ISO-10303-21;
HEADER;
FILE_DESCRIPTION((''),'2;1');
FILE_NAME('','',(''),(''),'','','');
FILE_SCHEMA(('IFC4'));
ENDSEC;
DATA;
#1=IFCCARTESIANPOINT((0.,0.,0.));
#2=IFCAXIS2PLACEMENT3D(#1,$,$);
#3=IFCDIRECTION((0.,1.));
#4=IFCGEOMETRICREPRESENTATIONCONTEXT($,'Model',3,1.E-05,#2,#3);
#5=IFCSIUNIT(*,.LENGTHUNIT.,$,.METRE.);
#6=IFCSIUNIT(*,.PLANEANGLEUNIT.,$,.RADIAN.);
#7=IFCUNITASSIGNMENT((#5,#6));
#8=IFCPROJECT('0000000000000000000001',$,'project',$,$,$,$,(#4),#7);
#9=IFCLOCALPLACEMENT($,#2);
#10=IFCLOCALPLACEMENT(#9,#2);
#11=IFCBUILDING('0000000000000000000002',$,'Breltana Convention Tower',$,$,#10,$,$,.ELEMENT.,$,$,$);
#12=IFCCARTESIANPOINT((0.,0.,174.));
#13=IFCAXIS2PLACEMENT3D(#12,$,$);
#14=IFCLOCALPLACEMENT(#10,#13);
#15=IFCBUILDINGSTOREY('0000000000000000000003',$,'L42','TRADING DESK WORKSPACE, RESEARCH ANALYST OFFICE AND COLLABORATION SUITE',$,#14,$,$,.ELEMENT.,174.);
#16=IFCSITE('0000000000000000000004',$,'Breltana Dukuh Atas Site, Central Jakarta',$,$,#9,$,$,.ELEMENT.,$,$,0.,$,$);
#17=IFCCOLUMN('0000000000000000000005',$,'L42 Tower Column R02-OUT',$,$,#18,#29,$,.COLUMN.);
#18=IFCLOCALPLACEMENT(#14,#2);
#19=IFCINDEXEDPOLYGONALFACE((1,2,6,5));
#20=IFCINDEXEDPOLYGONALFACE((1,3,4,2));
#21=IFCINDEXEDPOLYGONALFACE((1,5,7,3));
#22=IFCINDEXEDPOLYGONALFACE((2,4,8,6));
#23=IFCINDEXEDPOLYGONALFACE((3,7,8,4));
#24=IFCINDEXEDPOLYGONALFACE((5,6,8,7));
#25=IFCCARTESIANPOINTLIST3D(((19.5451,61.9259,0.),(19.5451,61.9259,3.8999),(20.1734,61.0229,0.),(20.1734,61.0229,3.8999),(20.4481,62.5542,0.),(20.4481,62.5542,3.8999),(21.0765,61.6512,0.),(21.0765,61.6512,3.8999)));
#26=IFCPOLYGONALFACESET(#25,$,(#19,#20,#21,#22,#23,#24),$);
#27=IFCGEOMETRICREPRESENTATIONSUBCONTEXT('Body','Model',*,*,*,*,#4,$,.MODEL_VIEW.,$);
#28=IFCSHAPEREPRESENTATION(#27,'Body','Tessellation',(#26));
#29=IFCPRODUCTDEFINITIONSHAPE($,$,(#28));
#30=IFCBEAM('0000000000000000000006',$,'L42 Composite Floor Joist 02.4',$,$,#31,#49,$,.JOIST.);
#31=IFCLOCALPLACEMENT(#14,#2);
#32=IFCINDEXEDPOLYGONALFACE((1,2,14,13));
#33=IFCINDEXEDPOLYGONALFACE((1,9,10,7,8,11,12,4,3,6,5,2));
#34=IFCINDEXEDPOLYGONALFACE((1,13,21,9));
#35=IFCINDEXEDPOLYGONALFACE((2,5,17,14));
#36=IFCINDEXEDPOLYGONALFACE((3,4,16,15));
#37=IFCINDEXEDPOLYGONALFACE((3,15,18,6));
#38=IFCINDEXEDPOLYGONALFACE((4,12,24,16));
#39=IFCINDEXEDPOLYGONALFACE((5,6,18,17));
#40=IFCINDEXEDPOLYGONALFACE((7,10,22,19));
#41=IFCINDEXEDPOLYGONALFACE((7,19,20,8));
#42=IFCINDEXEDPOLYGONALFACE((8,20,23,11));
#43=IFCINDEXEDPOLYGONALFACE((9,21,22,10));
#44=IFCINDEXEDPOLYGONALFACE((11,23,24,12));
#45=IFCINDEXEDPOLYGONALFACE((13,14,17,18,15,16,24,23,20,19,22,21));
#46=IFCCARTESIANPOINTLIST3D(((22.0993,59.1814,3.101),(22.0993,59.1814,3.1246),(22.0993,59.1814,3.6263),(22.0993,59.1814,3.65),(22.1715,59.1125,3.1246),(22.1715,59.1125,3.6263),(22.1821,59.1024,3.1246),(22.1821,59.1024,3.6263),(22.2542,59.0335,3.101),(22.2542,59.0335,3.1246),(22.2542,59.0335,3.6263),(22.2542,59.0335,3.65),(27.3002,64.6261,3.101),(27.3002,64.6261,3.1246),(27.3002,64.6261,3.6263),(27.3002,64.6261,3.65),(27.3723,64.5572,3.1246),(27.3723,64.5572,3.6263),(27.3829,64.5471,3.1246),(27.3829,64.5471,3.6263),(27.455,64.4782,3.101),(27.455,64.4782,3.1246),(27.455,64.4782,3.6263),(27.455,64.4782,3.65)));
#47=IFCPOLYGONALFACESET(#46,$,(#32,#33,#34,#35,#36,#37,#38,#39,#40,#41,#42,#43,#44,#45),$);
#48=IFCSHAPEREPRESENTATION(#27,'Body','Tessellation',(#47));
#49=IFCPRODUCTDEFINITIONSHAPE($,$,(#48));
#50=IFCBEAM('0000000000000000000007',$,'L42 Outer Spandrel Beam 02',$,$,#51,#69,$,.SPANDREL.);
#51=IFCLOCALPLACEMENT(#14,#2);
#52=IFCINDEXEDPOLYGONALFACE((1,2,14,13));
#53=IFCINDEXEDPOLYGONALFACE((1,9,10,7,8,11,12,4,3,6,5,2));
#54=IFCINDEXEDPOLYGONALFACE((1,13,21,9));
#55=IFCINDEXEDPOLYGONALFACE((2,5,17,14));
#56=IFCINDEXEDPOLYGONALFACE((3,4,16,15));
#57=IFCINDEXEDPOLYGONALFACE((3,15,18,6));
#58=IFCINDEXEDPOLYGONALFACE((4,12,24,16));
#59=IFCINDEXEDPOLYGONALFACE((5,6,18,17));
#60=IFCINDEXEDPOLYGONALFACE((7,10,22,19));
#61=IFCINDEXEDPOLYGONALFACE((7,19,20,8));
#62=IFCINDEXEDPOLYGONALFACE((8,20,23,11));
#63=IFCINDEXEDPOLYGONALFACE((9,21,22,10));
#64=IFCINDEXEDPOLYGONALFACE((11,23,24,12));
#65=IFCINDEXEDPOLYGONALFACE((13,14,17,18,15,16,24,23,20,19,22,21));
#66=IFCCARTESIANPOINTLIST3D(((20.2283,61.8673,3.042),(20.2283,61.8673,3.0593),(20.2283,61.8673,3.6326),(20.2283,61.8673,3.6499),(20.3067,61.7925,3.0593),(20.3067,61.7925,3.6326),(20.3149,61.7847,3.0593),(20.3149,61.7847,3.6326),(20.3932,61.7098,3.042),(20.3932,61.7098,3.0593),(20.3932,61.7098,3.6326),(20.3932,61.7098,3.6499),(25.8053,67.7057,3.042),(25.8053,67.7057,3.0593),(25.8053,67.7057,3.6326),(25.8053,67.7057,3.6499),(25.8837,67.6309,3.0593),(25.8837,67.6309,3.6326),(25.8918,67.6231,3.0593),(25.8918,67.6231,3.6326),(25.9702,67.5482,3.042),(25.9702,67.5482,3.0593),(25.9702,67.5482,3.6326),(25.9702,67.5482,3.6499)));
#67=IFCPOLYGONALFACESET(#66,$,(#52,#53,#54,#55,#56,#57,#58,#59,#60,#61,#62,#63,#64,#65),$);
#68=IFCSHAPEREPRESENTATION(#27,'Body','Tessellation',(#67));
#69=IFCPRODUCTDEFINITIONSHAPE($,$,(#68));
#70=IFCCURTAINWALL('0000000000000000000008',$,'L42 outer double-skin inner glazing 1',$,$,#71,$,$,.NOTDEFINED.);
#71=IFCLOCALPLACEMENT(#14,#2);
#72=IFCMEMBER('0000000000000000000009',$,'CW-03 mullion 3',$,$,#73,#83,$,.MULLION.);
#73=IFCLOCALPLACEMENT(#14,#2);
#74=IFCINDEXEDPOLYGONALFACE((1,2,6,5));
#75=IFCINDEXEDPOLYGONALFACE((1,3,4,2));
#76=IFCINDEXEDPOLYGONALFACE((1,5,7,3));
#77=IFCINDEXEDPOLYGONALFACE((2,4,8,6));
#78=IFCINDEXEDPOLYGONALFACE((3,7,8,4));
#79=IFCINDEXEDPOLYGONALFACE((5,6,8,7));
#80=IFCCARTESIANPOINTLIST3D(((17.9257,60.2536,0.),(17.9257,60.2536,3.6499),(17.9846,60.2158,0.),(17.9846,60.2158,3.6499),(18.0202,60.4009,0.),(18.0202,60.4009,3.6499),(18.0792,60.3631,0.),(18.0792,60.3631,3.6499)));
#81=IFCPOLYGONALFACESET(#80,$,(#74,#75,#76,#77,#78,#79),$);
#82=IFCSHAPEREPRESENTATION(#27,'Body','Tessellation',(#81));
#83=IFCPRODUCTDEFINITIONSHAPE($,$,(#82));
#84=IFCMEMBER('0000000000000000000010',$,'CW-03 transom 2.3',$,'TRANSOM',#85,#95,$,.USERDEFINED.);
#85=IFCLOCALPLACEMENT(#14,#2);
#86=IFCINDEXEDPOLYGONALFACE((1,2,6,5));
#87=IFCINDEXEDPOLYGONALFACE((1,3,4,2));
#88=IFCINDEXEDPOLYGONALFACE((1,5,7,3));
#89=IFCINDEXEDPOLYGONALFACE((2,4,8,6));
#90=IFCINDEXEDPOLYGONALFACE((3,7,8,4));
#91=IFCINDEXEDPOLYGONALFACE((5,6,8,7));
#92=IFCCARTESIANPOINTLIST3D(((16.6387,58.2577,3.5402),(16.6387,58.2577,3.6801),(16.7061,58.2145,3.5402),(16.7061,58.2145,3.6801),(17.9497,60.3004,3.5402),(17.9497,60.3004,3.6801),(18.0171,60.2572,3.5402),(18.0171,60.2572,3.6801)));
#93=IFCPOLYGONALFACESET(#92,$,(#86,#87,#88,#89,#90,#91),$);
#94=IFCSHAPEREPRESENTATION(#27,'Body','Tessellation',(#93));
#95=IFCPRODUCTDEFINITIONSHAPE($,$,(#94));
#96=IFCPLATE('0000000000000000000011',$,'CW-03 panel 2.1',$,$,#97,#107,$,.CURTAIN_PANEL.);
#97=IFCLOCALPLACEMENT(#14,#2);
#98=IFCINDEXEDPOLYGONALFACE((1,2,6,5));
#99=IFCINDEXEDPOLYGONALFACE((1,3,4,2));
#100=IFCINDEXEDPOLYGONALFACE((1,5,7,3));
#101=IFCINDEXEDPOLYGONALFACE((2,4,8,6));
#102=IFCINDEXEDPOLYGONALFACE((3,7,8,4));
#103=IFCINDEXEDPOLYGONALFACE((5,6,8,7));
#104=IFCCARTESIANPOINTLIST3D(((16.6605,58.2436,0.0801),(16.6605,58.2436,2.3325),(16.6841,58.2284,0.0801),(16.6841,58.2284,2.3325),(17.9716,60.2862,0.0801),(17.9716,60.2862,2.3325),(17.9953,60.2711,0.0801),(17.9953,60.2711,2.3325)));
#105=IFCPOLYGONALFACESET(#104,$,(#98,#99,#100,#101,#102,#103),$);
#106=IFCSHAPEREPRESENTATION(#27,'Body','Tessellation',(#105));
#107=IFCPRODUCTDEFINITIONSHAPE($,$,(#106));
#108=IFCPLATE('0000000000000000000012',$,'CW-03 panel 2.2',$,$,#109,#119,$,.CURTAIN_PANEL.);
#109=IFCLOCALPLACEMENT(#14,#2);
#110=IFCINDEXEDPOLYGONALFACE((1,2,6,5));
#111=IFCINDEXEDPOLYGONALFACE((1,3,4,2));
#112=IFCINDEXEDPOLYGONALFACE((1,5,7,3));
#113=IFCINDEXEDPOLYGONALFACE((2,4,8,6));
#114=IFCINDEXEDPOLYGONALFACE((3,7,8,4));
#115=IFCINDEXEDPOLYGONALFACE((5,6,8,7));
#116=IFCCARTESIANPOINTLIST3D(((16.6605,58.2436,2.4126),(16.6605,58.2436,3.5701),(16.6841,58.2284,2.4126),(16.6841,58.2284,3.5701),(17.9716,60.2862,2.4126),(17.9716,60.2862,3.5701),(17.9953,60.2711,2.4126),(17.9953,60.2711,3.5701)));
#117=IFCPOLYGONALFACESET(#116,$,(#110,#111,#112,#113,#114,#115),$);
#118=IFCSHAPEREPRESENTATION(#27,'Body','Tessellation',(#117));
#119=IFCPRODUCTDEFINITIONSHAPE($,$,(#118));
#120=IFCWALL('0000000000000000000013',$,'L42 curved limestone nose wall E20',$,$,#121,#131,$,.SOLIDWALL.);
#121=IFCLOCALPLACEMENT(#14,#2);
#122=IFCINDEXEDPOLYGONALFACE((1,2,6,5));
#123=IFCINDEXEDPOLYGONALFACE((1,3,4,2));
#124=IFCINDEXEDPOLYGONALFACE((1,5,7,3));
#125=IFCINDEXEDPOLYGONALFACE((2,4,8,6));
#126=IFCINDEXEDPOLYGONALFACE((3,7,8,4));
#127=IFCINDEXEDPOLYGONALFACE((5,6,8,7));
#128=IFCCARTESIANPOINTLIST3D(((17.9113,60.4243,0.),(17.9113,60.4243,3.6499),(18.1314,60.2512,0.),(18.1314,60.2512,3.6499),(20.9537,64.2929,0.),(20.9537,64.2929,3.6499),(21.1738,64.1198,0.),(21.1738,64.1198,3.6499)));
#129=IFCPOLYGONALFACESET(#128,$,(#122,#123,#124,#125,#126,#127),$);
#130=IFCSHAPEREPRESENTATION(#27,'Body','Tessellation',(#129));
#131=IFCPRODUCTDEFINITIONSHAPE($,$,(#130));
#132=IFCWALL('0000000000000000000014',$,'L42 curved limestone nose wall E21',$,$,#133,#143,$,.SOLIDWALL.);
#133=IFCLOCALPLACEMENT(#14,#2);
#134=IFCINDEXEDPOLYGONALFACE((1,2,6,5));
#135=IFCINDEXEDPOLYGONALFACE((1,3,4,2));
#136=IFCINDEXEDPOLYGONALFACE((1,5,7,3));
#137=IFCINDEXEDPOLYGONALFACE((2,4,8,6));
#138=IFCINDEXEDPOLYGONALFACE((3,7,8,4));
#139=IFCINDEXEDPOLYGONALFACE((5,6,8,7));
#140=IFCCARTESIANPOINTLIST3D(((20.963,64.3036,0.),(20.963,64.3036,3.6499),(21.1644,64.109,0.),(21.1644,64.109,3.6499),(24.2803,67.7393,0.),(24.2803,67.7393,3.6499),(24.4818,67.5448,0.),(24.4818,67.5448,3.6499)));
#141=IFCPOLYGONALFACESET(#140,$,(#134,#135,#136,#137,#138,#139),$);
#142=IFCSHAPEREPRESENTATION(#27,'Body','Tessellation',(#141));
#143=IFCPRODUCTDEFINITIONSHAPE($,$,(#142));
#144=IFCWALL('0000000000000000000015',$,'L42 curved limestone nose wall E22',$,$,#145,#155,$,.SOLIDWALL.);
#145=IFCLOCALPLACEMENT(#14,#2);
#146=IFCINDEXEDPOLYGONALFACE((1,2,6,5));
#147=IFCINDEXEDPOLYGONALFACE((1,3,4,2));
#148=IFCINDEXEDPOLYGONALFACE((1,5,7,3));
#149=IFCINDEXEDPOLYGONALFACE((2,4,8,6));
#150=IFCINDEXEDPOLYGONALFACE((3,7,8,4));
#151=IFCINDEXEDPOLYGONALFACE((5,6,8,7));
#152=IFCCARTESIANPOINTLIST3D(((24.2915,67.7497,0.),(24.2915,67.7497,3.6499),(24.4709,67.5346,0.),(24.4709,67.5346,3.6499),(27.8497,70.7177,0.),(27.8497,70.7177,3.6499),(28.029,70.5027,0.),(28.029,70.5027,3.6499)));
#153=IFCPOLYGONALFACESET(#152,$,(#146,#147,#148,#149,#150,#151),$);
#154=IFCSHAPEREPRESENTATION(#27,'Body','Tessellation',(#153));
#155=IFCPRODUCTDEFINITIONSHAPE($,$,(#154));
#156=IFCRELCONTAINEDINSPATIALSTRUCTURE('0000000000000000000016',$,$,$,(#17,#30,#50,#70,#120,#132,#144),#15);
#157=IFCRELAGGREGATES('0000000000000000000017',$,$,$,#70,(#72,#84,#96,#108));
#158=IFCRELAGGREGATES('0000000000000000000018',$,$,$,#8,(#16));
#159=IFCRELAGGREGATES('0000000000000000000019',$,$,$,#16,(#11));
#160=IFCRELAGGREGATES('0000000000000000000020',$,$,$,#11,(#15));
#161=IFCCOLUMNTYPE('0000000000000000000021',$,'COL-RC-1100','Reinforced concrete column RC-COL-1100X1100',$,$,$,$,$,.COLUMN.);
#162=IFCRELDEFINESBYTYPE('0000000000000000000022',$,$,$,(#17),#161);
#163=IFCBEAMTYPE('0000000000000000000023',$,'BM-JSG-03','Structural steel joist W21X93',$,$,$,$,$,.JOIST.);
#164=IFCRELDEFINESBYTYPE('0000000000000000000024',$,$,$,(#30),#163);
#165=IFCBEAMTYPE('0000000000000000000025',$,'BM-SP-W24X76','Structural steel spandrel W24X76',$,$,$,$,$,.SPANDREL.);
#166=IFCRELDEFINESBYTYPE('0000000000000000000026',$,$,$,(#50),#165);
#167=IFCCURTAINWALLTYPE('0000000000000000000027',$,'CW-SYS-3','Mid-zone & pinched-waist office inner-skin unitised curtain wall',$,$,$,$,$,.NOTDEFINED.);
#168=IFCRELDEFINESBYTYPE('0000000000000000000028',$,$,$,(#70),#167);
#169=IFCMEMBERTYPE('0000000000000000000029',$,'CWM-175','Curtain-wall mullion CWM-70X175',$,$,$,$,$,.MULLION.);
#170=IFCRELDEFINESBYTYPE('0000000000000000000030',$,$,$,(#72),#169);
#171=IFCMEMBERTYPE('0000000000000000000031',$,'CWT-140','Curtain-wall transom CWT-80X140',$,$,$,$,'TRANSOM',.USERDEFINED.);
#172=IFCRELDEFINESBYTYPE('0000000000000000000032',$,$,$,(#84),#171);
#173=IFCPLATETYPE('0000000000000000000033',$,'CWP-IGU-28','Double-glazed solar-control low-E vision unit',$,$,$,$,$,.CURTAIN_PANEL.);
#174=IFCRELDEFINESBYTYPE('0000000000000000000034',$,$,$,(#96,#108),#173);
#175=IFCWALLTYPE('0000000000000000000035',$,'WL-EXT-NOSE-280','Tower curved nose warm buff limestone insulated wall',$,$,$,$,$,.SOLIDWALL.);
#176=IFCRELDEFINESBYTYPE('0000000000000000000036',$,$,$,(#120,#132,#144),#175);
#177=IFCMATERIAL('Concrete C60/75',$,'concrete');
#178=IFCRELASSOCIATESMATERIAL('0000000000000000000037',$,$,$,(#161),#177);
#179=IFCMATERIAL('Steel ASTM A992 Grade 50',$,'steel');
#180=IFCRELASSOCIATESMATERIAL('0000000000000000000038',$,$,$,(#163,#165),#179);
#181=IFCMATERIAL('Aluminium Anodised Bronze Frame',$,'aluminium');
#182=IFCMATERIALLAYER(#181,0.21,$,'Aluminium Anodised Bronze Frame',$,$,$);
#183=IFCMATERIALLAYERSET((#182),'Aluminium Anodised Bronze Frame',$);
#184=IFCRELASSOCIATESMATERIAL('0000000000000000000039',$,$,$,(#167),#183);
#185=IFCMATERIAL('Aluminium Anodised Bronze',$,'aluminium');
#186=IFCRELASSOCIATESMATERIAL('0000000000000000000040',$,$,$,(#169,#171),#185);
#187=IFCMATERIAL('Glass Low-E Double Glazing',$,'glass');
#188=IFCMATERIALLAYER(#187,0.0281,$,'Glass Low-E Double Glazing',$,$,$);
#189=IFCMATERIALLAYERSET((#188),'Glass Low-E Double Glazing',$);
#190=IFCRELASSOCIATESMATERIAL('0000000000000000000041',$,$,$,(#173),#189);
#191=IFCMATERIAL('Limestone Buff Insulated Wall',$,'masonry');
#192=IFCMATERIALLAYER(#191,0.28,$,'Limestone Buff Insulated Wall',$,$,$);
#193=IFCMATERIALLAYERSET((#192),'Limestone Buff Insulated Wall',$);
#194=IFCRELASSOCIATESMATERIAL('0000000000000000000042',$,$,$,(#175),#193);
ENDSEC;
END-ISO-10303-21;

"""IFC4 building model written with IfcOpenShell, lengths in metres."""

from ifc_helpers import new_model, si_unit, direction, frame, frame_2d, origin, origin_2d, place, context, subcontext, project, spatial, rectangle, i_section, extrude, source, transform, mapped, material, layer, layer_set, material_profile, profile_set, type_object, element, aggregate, save


model = new_model("IFC4")

# Units and contexts
model_context = context("Model", 3, precision=1e-05, world=origin(), true_north=direction((0.0, 1.0)))
body_context = subcontext(model_context, "Body", "Model", "MODEL_VIEW")
ifc_project = project(units=[si_unit("LENGTHUNIT", "METRE"), si_unit("PLANEANGLEUNIT", "RADIAN")], contexts=[model_context])

# Site, building, storey
site_placement = place(None, origin())
site = spatial("IfcSite", under=ifc_project, at=site_placement, Name="Breltana Dukuh Atas Site, Central Jakarta", CompositionType="ELEMENT", RefElevation=0.0)
building_placement = place(site_placement, origin())
building = spatial("IfcBuilding", under=site, at=building_placement, Name="Breltana Convention Tower", CompositionType="ELEMENT")
storey_placement = place(building_placement, frame((0.0, 0.0, 174.0)))
storey = spatial("IfcBuildingStorey", under=building, at=storey_placement, Name="L42", Description="TRADING DESK WORKSPACE, RESEARCH ANALYST OFFICE AND COLLABORATION SUITE", CompositionType="ELEMENT", Elevation=174.0)

# Column
ifc_material_1 = material(Name="Concrete C60/75", Category="concrete")
ifc_material_profile_1 = material_profile(ifc_material_1, rectangle(XDim=1.1001, YDim=1.1001, at=origin_2d()), Name="RC-COL-1100X1100")
ifc_profile_set_1 = profile_set([ifc_material_profile_1], Name="Concrete C60/75")
column_type = type_object("IfcColumnType", Name="COL-RC-1100", Description="Reinforced concrete column RC-COL-1100X1100", PredefinedType="COLUMN", material=ifc_profile_set_1)
shared_shape_1 = source(origin(), body_context, "Body", "SweptSolid", [
    extrude(rectangle(XDim=1.1001, YDim=1.1001, at=origin_2d()), origin(), (0.0, 0.0, 1.0), 3.8999),
])
column_placement = place(storey_placement, frame((20.3108, 61.7886, 0.0), z_axis=(0.0, 0.0, 1.0), x_axis=(-0.571143, 0.82085, 0.0)))
element("IfcColumn", 1, at=column_placement, inside=storey, type_object=column_type, Name="L42 Tower Column R02-OUT", PredefinedType="COLUMN", context=body_context, shape_type="MappedRepresentation", body=[
    mapped(shared_shape_1, transform((0.0, 0.0, 0.0), scale=1.0)),
])

# Beams
ifc_material_2 = material(Name="Steel ASTM A992 Grade 50", Category="steel")
ifc_material_profile_2 = material_profile(ifc_material_2, i_section(OverallWidth=0.2141, OverallDepth=0.5491, WebThickness=0.0146, FlangeThickness=0.0237, at=origin_2d()), Name="W21X93")
ifc_profile_set_2 = profile_set([ifc_material_profile_2], Name="Steel ASTM A992 Grade 50")
beam_type_1 = type_object("IfcBeamType", Name="BM-JSG-03", Description="Structural steel joist W21X93", PredefinedType="JOIST", material=ifc_profile_set_2)
shared_shape_2 = source(origin(), body_context, "Body", "SweptSolid", [
    extrude(i_section(OverallWidth=0.2141, OverallDepth=0.5491, WebThickness=0.0146, FlangeThickness=0.0237, at=origin_2d()), origin(), (0.0, 0.0, 1.0), 7.5295),
])
beam_1_placement = place(storey_placement, frame((22.1768, 59.1074, 3.3755), z_axis=(0.690726, 0.723117, 0.0), x_axis=(-0.723117, 0.690726, 0.0)))
element("IfcBeam", 2, at=beam_1_placement, inside=storey, type_object=beam_type_1, Name="L42 Composite Floor Joist 02.4", PredefinedType="JOIST", context=body_context, shape_type="MappedRepresentation", body=[
    mapped(shared_shape_2, transform((0.0, 0.0, 0.0), scale=1.0)),
])
ifc_material_profile_3 = material_profile(ifc_material_2, i_section(OverallWidth=0.228, OverallDepth=0.6079, WebThickness=0.0112, FlangeThickness=0.0173, at=origin_2d()), Name="W24X76")
ifc_profile_set_3 = profile_set([ifc_material_profile_3], Name="Steel ASTM A992 Grade 50")
beam_type_2 = type_object("IfcBeamType", Name="BM-SP-W24X76", Description="Structural steel spandrel W24X76", PredefinedType="SPANDREL", material=ifc_profile_set_3)
shared_shape_3 = source(origin(), body_context, "Body", "SweptSolid", [
    extrude(i_section(OverallWidth=0.228, OverallDepth=0.6079, WebThickness=0.0112, FlangeThickness=0.0173, at=origin_2d()), origin(), (0.0, 0.0, 1.0), 8.074),
])
beam_2_placement = place(storey_placement, frame((20.3108, 61.7886, 3.3459), z_axis=(0.690729, 0.723114, 0.0), x_axis=(-0.723114, 0.690729, 0.0)))
element("IfcBeam", 3, at=beam_2_placement, inside=storey, type_object=beam_type_2, Name="L42 Outer Spandrel Beam 02", PredefinedType="SPANDREL", context=body_context, shape_type="MappedRepresentation", body=[
    mapped(shared_shape_3, transform((0.0, 0.0, 0.0), scale=1.0)),
])

# Curtain wall, members, plates
ifc_material_3 = material(Name="Aluminium Anodised Bronze Frame", Category="aluminium")
ifc_layer_1 = layer(ifc_material_3, 0.21, Name="Aluminium Anodised Bronze Frame")
ifc_layer_set_1 = layer_set([ifc_layer_1], Name="Aluminium Anodised Bronze Frame")
curtain_wall_type = type_object("IfcCurtainWallType", Name="CW-SYS-3", Description="Mid-zone & pinched-waist office inner-skin unitised curtain wall", PredefinedType="NOTDEFINED", material=ifc_layer_set_1)
curtain_wall_placement = place(storey_placement, origin())
curtain_wall = element("IfcCurtainWall", 4, at=curtain_wall_placement, inside=storey, type_object=curtain_wall_type, Name="L42 outer double-skin inner glazing 1", PredefinedType="NOTDEFINED")
ifc_material_4 = material(Name="Aluminium Anodised Bronze", Category="aluminium")
ifc_material_profile_4 = material_profile(ifc_material_4, rectangle(XDim=0.0701, YDim=0.175, at=origin_2d()), Name="CWM-70X175")
ifc_profile_set_4 = profile_set([ifc_material_profile_4], Name="Aluminium Anodised Bronze")
member_type_1 = type_object("IfcMemberType", Name="CWM-175", Description="Curtain-wall mullion CWM-70X175", PredefinedType="MULLION", material=ifc_profile_set_4)
shared_shape_4 = source(origin(), body_context, "Body", "SweptSolid", [
    extrude(rectangle(XDim=0.0701, YDim=0.175, at=origin_2d()), origin(), (0.0, 0.0, 1.0), 3.6499),
])
member_1_placement = place(storey_placement, frame((18.0024, 60.3083, 0.0), z_axis=(0.0, 0.0, 1.0), x_axis=(-0.841554, 0.540173, 0.0)))
member_1 = element("IfcMember", 5, at=member_1_placement, type_object=member_type_1, Name="CW-03 mullion 3", PredefinedType="MULLION", context=body_context, shape_type="MappedRepresentation", body=[
    mapped(shared_shape_4, transform((0.0, 0.0, 0.0), scale=1.0)),
])
ifc_material_profile_5 = material_profile(ifc_material_4, rectangle(XDim=0.0801, YDim=0.1399, at=origin_2d()), Name="CWT-80X140")
ifc_profile_set_5 = profile_set([ifc_material_profile_5], Name="Aluminium Anodised Bronze")
member_type_2 = type_object("IfcMemberType", Name="CWT-140", Description="Curtain-wall transom CWT-80X140", ElementType="TRANSOM", PredefinedType="USERDEFINED", material=ifc_profile_set_5)
shared_shape_5 = source(origin(), body_context, "Body", "SweptSolid", [
    extrude(rectangle(XDim=0.0801, YDim=0.1399, at=origin_2d()), origin(), (0.0, 0.0, 1.0), 2.4272),
])
member_2_placement = place(storey_placement, frame((16.6724, 58.2361, 3.6101), z_axis=(0.540132, 0.84158, 0.0), x_axis=(-0.84158, 0.540132, 0.0)))
member_2 = element("IfcMember", 6, at=member_2_placement, type_object=member_type_2, Name="CW-03 transom 2.3", ObjectType="TRANSOM", PredefinedType="USERDEFINED", context=body_context, shape_type="MappedRepresentation", body=[
    mapped(shared_shape_5, transform((0.0, 0.0, 0.0), scale=1.0)),
])
ifc_material_5 = material(Name="Glass Low-E Double Glazing", Category="glass")
ifc_layer_2 = layer(ifc_material_5, 0.0281, Name="Glass Low-E Double Glazing")
ifc_layer_set_2 = layer_set([ifc_layer_2], Name="Glass Low-E Double Glazing")
plate_type = type_object("IfcPlateType", Name="CWP-IGU-28", Description="Double-glazed solar-control low-E vision unit", PredefinedType="CURTAIN_PANEL", material=ifc_layer_set_2)
shared_shape_6 = source(origin(), body_context, "Body", "SweptSolid", [
    extrude(rectangle(XDim=2.4272, YDim=0.0281, at=origin_2d()), origin(), (0.0, 0.0, 1.0), 2.2524),
])
plate_1_placement = place(storey_placement, frame((17.3279, 59.2573, 0.0801), z_axis=(0.0, 0.0, 1.0), x_axis=(0.540173, 0.841554, 0.0)))
plate_1 = element("IfcPlate", 7, at=plate_1_placement, type_object=plate_type, Name="CW-03 panel 2.1", PredefinedType="CURTAIN_PANEL", context=body_context, shape_type="MappedRepresentation", body=[
    mapped(shared_shape_6, transform((0.0, 0.0, 0.0), scale=1.0)),
])
shared_shape_7 = source(origin(), body_context, "Body", "SweptSolid", [
    extrude(rectangle(XDim=2.4272, YDim=0.0281, at=origin_2d()), origin(), (0.0, 0.0, 1.0), 1.1575),
])
plate_2_placement = place(storey_placement, frame((17.3279, 59.2573, 2.4126), z_axis=(0.0, 0.0, 1.0), x_axis=(0.540173, 0.841554, 0.0)))
plate_2 = element("IfcPlate", 8, at=plate_2_placement, type_object=plate_type, Name="CW-03 panel 2.2", PredefinedType="CURTAIN_PANEL", context=body_context, shape_type="MappedRepresentation", body=[
    mapped(shared_shape_7, transform((0.0, 0.0, 0.0), scale=1.0)),
])
aggregate(curtain_wall, [member_1, member_2, plate_1, plate_2])

# Walls
ifc_material_6 = material(Name="Limestone Buff Insulated Wall", Category="masonry")
ifc_layer_3 = layer(ifc_material_6, 0.28, Name="Limestone Buff Insulated Wall")
ifc_layer_set_3 = layer_set([ifc_layer_3], Name="Limestone Buff Insulated Wall")
wall_type_1 = type_object("IfcWallType", Name="WL-EXT-NOSE-280", Description="Tower curved nose warm buff limestone insulated wall", PredefinedType="SOLIDWALL", material=ifc_layer_set_3)
shared_shape_8 = source(origin(), body_context, "Body", "SweptSolid", [
    extrude(rectangle(XDim=4.9216, YDim=0.28, at=frame_2d((2.4609, 0.0))), origin(), (0.0, 0.0, 1.0), 3.6499),
])
wall_1_placement = place(storey_placement, frame((18.0212, 60.3376, 0.0), z_axis=(0.0, 0.0, 1.0), x_axis=(0.618176, 0.786039, 0.0)))
element("IfcWall", 9, at=wall_1_placement, inside=storey, type_object=wall_type_1, Name="L42 curved limestone nose wall E20", PredefinedType="SOLIDWALL", context=body_context, shape_type="MappedRepresentation", body=[
    mapped(shared_shape_8, transform((0.0, 0.0, 0.0), scale=1.0)),
])
shared_shape_9 = source(origin(), body_context, "Body", "SweptSolid", [
    extrude(rectangle(XDim=4.7759, YDim=0.28, at=frame_2d((2.3879, 0.0))), origin(), (0.0, 0.0, 1.0), 3.6499),
])
wall_2_placement = place(storey_placement, frame((21.0637, 64.2063, 0.0), z_axis=(0.0, 0.0, 1.0), x_axis=(0.694602, 0.719394, 0.0)))
element("IfcWall", 10, at=wall_2_placement, inside=storey, type_object=wall_type_1, Name="L42 curved limestone nose wall E21", PredefinedType="SOLIDWALL", context=body_context, shape_type="MappedRepresentation", body=[
    mapped(shared_shape_9, transform((0.0, 0.0, 0.0), scale=1.0)),
])
shared_shape_10 = source(origin(), body_context, "Body", "SweptSolid", [
    extrude(rectangle(XDim=4.6335, YDim=0.28, at=frame_2d((2.3169, 0.0))), origin(), (0.0, 0.0, 1.0), 3.6499),
])
wall_3_placement = place(storey_placement, frame((24.3811, 67.6421, 0.0), z_axis=(0.0, 0.0, 1.0), x_axis=(0.76791, 0.640557, 0.0)))
element("IfcWall", 11, at=wall_3_placement, inside=storey, type_object=wall_type_1, Name="L42 curved limestone nose wall E22", PredefinedType="SOLIDWALL", context=body_context, shape_type="MappedRepresentation", body=[
    mapped(shared_shape_10, transform((0.0, 0.0, 0.0), scale=1.0)),
])

save(model, "model.ifc")
